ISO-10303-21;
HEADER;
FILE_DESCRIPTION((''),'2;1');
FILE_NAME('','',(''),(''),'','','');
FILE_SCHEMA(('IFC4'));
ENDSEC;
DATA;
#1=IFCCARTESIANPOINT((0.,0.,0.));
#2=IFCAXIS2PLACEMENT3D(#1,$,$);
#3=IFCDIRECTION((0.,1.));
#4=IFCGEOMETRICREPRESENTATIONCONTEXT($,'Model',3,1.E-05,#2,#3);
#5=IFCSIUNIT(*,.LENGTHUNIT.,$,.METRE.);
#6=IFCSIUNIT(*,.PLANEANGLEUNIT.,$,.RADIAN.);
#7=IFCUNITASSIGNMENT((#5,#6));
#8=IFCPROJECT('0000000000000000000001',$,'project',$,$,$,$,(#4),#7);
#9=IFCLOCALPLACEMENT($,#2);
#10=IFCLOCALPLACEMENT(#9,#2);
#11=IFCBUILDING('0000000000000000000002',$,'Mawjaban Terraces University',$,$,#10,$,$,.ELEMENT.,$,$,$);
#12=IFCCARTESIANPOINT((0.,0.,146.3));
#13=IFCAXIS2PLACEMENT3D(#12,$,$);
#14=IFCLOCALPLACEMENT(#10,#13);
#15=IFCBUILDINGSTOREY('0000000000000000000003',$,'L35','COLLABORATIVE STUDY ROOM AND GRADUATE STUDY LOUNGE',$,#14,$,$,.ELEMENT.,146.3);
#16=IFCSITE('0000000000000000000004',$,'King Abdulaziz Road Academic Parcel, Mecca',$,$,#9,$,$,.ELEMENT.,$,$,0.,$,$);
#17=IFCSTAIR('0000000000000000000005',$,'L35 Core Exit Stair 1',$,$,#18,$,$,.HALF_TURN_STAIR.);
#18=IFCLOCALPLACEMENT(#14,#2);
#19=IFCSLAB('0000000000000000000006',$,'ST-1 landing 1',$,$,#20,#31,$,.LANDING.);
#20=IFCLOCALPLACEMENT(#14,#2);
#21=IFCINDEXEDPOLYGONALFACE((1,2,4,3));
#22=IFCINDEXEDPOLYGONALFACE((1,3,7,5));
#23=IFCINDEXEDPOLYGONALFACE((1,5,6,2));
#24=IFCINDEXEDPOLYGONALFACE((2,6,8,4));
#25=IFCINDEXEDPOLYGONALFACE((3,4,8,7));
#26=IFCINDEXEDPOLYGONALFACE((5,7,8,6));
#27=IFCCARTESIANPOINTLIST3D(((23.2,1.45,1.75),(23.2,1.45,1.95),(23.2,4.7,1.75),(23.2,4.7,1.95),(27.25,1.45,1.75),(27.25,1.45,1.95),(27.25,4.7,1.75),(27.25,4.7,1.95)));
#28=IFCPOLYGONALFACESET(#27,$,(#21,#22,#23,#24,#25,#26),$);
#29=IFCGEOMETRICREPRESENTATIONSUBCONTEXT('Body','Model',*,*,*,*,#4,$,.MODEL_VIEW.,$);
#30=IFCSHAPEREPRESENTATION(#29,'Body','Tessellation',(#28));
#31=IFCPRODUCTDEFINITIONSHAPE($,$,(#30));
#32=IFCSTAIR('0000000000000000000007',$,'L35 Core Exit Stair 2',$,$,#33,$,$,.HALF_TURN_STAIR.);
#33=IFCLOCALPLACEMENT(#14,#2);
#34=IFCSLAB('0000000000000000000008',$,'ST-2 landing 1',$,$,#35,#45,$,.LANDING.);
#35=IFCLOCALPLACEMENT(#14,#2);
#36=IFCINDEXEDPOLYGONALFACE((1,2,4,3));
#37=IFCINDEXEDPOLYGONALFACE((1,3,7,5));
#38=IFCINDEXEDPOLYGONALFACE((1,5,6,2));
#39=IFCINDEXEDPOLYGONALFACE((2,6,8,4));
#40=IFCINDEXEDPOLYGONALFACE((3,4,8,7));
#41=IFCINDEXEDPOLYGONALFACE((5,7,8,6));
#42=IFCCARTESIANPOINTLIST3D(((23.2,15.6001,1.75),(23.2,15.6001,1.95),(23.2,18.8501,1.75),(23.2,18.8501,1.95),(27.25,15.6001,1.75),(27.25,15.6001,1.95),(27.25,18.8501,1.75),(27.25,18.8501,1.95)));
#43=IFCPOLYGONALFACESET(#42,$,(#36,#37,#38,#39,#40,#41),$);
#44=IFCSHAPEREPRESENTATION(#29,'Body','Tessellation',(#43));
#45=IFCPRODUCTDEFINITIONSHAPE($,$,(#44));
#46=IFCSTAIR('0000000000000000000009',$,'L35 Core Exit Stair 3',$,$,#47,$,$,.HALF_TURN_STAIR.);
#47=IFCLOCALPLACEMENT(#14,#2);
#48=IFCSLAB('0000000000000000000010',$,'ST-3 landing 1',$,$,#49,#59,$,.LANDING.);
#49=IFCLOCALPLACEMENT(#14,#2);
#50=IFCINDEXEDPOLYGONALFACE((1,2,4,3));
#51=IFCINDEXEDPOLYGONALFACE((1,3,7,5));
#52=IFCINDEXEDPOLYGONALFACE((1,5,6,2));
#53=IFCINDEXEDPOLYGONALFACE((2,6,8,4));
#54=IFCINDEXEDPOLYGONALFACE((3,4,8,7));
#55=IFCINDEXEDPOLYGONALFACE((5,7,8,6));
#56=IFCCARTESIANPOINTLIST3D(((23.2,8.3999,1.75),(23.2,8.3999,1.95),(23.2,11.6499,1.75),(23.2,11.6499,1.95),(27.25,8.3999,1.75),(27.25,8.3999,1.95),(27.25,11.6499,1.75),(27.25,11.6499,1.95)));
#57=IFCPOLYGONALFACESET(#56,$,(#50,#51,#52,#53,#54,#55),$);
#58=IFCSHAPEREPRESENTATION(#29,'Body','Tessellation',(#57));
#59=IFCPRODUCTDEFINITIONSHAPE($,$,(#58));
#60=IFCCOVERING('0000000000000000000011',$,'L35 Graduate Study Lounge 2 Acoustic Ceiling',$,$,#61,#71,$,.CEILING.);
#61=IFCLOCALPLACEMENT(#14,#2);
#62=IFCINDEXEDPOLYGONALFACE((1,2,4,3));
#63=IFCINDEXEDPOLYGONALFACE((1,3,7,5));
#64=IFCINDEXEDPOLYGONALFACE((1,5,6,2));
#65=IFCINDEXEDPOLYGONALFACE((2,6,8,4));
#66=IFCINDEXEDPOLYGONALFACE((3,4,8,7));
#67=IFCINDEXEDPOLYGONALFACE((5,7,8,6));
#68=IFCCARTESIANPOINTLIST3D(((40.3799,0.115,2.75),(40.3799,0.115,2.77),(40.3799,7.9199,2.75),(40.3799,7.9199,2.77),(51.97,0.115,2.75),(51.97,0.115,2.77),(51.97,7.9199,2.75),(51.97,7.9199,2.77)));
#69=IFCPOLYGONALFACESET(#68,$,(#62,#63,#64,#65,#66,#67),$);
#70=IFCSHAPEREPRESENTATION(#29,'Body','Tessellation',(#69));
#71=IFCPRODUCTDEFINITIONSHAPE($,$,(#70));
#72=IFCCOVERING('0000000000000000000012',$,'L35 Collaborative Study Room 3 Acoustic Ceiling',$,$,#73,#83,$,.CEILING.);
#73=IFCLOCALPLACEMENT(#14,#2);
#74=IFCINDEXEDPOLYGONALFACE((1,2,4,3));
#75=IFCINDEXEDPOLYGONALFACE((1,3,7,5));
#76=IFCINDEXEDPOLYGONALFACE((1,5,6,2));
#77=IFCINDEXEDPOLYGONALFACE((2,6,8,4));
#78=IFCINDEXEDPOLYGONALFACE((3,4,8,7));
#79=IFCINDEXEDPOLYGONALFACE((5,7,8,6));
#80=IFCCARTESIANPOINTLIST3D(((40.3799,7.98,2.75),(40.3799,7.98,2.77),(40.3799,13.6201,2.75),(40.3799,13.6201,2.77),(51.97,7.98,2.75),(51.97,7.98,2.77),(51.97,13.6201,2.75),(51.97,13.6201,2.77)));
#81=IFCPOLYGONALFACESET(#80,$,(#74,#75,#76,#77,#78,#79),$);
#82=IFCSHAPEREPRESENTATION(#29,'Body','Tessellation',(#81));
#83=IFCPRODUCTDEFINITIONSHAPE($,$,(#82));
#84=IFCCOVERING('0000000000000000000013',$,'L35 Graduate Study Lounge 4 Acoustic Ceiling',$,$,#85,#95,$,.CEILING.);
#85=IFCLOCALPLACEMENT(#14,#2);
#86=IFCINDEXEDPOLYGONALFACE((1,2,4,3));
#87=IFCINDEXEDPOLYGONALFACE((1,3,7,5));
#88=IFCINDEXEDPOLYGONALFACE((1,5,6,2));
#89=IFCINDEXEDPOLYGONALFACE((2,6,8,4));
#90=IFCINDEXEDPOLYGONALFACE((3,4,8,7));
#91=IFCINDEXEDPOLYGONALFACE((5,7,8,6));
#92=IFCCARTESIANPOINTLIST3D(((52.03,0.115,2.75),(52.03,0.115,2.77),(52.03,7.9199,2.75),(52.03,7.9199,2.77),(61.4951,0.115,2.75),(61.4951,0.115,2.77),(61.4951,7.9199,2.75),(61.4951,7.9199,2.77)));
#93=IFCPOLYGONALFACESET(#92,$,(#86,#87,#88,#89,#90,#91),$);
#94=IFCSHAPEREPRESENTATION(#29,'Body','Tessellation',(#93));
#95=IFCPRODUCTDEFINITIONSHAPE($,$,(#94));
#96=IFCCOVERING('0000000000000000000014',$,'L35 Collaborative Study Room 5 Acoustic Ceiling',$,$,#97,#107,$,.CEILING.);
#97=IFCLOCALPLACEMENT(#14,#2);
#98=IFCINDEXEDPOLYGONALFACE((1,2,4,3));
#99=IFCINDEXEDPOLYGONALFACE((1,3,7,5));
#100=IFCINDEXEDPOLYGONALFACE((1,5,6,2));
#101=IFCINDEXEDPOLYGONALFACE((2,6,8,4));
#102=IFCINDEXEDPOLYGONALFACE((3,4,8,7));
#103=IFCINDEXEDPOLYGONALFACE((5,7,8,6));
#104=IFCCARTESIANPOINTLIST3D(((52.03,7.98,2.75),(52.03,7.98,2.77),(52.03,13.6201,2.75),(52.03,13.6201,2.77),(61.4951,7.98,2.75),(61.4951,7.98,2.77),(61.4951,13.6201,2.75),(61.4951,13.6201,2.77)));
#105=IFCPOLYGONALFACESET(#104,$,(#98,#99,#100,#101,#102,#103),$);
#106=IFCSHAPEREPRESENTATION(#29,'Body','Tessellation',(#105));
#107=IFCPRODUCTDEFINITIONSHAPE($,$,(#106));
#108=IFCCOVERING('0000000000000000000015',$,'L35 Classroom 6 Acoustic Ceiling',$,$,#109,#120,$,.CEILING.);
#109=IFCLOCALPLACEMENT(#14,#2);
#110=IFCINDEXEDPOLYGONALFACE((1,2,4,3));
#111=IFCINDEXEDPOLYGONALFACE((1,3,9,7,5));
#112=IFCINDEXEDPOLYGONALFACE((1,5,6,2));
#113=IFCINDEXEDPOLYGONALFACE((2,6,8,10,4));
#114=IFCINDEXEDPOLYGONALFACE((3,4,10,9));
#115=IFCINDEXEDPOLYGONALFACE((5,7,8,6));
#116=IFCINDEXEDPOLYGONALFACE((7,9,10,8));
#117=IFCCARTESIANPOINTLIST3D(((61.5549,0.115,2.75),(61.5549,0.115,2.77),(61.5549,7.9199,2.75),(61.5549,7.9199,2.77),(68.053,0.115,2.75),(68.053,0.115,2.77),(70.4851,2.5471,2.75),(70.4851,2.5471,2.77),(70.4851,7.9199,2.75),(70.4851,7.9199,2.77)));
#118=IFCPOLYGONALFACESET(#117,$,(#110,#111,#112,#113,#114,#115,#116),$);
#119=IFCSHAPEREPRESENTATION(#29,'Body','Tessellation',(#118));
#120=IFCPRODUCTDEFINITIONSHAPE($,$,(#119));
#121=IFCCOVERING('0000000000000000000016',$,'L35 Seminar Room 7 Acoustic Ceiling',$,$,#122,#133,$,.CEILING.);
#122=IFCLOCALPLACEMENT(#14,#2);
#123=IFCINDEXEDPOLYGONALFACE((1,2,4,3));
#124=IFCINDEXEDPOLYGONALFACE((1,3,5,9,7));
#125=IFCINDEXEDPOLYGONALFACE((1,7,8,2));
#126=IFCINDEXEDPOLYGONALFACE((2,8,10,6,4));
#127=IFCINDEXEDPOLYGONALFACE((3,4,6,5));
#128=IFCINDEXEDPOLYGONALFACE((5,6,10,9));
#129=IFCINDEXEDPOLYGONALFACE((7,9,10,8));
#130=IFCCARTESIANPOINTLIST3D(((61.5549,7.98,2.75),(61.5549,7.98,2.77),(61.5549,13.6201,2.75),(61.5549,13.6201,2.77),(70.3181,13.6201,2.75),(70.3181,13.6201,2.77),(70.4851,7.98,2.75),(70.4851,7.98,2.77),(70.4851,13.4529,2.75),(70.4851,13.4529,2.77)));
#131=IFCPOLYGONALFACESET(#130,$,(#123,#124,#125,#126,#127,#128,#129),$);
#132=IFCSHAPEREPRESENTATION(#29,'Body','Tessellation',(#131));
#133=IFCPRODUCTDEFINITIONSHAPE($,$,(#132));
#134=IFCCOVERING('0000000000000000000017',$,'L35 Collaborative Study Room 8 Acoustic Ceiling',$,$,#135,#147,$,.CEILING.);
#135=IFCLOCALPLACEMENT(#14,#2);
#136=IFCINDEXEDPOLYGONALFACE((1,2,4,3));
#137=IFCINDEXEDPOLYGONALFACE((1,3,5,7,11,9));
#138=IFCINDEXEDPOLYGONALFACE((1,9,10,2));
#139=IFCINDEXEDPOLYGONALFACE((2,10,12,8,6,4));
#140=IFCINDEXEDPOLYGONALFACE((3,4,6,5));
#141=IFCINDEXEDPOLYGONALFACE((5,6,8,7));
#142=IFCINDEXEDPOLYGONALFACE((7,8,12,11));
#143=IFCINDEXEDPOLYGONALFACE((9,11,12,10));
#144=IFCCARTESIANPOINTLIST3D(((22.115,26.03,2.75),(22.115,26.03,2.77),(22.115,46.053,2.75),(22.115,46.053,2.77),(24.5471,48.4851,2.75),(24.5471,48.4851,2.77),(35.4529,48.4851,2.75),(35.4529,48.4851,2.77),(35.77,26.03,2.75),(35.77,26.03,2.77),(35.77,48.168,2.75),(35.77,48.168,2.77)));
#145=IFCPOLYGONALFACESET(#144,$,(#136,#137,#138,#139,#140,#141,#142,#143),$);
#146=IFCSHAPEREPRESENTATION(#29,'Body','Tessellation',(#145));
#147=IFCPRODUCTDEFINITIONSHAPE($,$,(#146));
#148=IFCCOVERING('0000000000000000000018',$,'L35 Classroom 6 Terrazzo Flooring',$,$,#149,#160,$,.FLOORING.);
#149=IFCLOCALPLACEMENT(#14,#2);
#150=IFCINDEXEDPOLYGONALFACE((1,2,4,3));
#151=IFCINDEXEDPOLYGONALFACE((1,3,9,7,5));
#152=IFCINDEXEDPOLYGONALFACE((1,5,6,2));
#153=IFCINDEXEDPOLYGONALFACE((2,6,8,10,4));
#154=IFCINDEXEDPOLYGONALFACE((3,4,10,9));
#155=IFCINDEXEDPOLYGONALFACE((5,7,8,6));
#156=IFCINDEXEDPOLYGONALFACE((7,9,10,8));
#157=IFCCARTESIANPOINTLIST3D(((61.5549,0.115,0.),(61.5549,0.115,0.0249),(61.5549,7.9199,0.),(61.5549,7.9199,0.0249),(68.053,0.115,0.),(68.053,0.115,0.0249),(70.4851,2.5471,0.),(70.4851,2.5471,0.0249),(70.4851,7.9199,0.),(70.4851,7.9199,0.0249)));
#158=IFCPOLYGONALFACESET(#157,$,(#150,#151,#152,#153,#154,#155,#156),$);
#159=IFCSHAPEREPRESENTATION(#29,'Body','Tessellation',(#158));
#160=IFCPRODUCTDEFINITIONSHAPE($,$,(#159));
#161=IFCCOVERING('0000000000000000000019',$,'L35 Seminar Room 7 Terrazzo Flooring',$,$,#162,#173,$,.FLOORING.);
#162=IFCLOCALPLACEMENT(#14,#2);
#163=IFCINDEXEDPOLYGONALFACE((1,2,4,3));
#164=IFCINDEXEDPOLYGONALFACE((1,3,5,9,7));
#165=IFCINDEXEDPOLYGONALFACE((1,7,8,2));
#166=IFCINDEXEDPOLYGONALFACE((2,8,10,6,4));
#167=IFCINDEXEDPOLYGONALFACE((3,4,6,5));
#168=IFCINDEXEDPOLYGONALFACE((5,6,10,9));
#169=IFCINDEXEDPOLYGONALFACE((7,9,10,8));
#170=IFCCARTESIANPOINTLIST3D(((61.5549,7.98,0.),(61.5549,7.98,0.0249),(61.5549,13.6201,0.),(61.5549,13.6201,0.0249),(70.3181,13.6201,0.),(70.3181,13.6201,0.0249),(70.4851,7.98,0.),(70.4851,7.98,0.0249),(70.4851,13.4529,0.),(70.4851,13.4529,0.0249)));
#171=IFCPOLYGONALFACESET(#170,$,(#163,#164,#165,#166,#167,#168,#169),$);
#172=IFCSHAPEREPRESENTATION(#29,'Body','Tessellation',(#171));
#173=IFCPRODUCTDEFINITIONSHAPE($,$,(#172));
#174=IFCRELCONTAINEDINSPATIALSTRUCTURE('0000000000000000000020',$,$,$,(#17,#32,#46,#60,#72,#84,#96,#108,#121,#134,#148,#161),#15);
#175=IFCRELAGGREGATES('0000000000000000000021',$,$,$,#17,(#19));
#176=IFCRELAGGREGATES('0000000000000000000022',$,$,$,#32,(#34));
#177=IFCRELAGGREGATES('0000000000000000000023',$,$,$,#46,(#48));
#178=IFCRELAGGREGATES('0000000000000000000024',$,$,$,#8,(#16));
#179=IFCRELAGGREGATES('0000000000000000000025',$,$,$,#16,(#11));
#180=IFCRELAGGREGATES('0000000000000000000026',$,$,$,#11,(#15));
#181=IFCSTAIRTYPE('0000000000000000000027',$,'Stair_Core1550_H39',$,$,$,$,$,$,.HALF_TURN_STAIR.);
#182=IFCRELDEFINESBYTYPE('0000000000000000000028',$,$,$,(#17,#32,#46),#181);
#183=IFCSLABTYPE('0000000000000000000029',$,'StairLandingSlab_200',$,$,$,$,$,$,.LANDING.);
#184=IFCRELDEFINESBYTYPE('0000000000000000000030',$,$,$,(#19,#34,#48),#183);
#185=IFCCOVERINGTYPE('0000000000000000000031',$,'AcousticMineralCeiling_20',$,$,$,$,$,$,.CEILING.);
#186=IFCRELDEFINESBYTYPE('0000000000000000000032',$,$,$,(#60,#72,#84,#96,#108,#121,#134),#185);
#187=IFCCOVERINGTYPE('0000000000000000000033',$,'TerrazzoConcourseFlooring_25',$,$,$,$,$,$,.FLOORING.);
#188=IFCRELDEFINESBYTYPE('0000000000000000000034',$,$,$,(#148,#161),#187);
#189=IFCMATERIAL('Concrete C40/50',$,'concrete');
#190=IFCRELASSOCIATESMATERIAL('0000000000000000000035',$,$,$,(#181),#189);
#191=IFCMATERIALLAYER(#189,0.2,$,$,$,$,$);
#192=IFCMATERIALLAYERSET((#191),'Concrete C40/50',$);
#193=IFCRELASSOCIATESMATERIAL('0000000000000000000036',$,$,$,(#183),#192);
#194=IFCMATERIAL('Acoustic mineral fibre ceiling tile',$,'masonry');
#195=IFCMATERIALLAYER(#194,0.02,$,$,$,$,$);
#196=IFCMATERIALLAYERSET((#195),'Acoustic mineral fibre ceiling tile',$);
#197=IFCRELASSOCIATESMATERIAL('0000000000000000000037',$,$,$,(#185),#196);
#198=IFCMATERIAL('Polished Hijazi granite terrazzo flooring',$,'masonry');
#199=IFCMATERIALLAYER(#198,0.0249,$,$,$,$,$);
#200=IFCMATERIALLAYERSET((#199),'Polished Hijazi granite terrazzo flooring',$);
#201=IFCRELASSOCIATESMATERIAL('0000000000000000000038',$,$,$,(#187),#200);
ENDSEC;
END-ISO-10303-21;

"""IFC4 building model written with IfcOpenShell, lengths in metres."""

from ifc_helpers import new_model, si_unit, direction, frame, origin, place, context, subcontext, project, spatial, polyline, outline, extrude, material, layer, layer_set, type_object, element, aggregate, save


model = new_model("IFC4")

# Units and contexts
model_context = context("Model", 3, precision=1e-05, world=origin(), true_north=direction((0.0, 1.0)))
body_context = subcontext(model_context, "Body", "Model", "MODEL_VIEW")
ifc_project = project(units=[si_unit("LENGTHUNIT", "METRE"), si_unit("PLANEANGLEUNIT", "RADIAN")], contexts=[model_context])

# Site, building, storey
site_placement = place(None, origin())
site = spatial("IfcSite", under=ifc_project, at=site_placement, Name="King Abdulaziz Road Academic Parcel, Mecca", CompositionType="ELEMENT", RefElevation=0.0)
building_placement = place(site_placement, origin())
building = spatial("IfcBuilding", under=site, at=building_placement, Name="Mawjaban Terraces University", CompositionType="ELEMENT")
storey_placement = place(building_placement, frame((0.0, 0.0, 146.3)))
storey = spatial("IfcBuildingStorey", under=building, at=storey_placement, Name="L35", Description="COLLABORATIVE STUDY ROOM AND GRADUATE STUDY LOUNGE", CompositionType="ELEMENT", Elevation=146.3)

# Shared definitions
ifc_material_1 = material(Name="Concrete C40/50", Category="concrete")

# Stairs, slabs
stair_type = type_object("IfcStairType", Name="Stair_Core1550_H39", PredefinedType="HALF_TURN_STAIR", material=ifc_material_1)
stair_1_placement = place(storey_placement, origin())
stair_1 = element("IfcStair", 1, at=stair_1_placement, inside=storey, type_object=stair_type, Name="L35 Core Exit Stair 1", PredefinedType="HALF_TURN_STAIR")
ifc_layer_1 = layer(ifc_material_1, 0.2)
ifc_layer_set_1 = layer_set([ifc_layer_1], Name="Concrete C40/50")
slab_type_1 = type_object("IfcSlabType", Name="StairLandingSlab_200", PredefinedType="LANDING", material=ifc_layer_set_1)
slab_1_placement = place(storey_placement, frame((0.0, 0.0, 1.75)))
slab_1 = element("IfcSlab", 2, at=slab_1_placement, type_object=slab_type_1, Name="ST-1 landing 1", PredefinedType="LANDING", context=body_context, shape_type="SweptSolid", body=[
    extrude(outline(polyline([(27.25, 4.7), (23.2, 4.7), (23.2, 1.45), (27.25, 1.45), (27.25, 4.7)])), origin(), (0.0, 0.0, 1.0), 0.2),
])
aggregate(stair_1, [slab_1])
stair_2_placement = place(storey_placement, origin())
stair_2 = element("IfcStair", 3, at=stair_2_placement, inside=storey, type_object=stair_type, Name="L35 Core Exit Stair 2", PredefinedType="HALF_TURN_STAIR")
slab_2_placement = place(storey_placement, frame((0.0, 0.0, 1.75)))
slab_2 = element("IfcSlab", 4, at=slab_2_placement, type_object=slab_type_1, Name="ST-2 landing 1", PredefinedType="LANDING", context=body_context, shape_type="SweptSolid", body=[
    extrude(outline(polyline([(27.25, 18.8501), (23.2, 18.8501), (23.2, 15.6001), (27.25, 15.6001), (27.25, 18.8501)])), origin(), (0.0, 0.0, 1.0), 0.2),
])
aggregate(stair_2, [slab_2])
stair_3_placement = place(storey_placement, origin())
stair_3 = element("IfcStair", 5, at=stair_3_placement, inside=storey, type_object=stair_type, Name="L35 Core Exit Stair 3", PredefinedType="HALF_TURN_STAIR")
slab_3_placement = place(storey_placement, frame((0.0, 0.0, 1.75)))
slab_3 = element("IfcSlab", 6, at=slab_3_placement, type_object=slab_type_1, Name="ST-3 landing 1", PredefinedType="LANDING", context=body_context, shape_type="SweptSolid", body=[
    extrude(outline(polyline([(27.25, 11.6499), (23.2, 11.6499), (23.2, 8.3999), (27.25, 8.3999), (27.25, 11.6499)])), origin(), (0.0, 0.0, 1.0), 0.2),
])
aggregate(stair_3, [slab_3])

# Coverings
ifc_material_2 = material(Name="Acoustic mineral fibre ceiling tile", Category="masonry")
ifc_layer_2 = layer(ifc_material_2, 0.02)
ifc_layer_set_2 = layer_set([ifc_layer_2], Name="Acoustic mineral fibre ceiling tile")
covering_type_1 = type_object("IfcCoveringType", Name="AcousticMineralCeiling_20", PredefinedType="CEILING", material=ifc_layer_set_2)
covering_1_placement = place(storey_placement, frame((0.0, 0.0, 2.75)))
element("IfcCovering", 7, at=covering_1_placement, inside=storey, type_object=covering_type_1, Name="L35 Graduate Study Lounge 2 Acoustic Ceiling", PredefinedType="CEILING", context=body_context, shape_type="SweptSolid", body=[
    extrude(outline(polyline([(40.3799, 0.115), (51.97, 0.115), (51.97, 7.9199), (40.3799, 7.9199), (40.3799, 0.115)])), origin(), (0.0, 0.0, 1.0), 0.02),
])
covering_2_placement = place(storey_placement, frame((0.0, 0.0, 2.75)))
element("IfcCovering", 8, at=covering_2_placement, inside=storey, type_object=covering_type_1, Name="L35 Collaborative Study Room 3 Acoustic Ceiling", PredefinedType="CEILING", context=body_context, shape_type="SweptSolid", body=[
    extrude(outline(polyline([(51.97, 7.98), (51.97, 13.6201), (40.3799, 13.6201), (40.3799, 7.98), (51.97, 7.98)])), origin(), (0.0, 0.0, 1.0), 0.02),
])
covering_3_placement = place(storey_placement, frame((0.0, 0.0, 2.75)))
element("IfcCovering", 9, at=covering_3_placement, inside=storey, type_object=covering_type_1, Name="L35 Graduate Study Lounge 4 Acoustic Ceiling", PredefinedType="CEILING", context=body_context, shape_type="SweptSolid", body=[
    extrude(outline(polyline([(52.03, 0.115), (61.4951, 0.115), (61.4951, 7.9199), (52.03, 7.9199), (52.03, 0.115)])), origin(), (0.0, 0.0, 1.0), 0.02),
])
covering_4_placement = place(storey_placement, frame((0.0, 0.0, 2.75)))
element("IfcCovering", 10, at=covering_4_placement, inside=storey, type_object=covering_type_1, Name="L35 Collaborative Study Room 5 Acoustic Ceiling", PredefinedType="CEILING", context=body_context, shape_type="SweptSolid", body=[
    extrude(outline(polyline([(61.4951, 7.98), (61.4951, 13.6201), (52.03, 13.6201), (52.03, 7.98), (61.4951, 7.98)])), origin(), (0.0, 0.0, 1.0), 0.02),
])
covering_5_placement = place(storey_placement, frame((0.0, 0.0, 2.75)))
element("IfcCovering", 11, at=covering_5_placement, inside=storey, type_object=covering_type_1, Name="L35 Classroom 6 Acoustic Ceiling", PredefinedType="CEILING", context=body_context, shape_type="SweptSolid", body=[
    extrude(outline(polyline([(61.5549, 0.115), (68.053, 0.115), (70.4851, 2.5471), (70.4851, 7.9199), (61.5549, 7.9199), (61.5549, 0.115)])), origin(), (0.0, 0.0, 1.0), 0.02),
])
covering_6_placement = place(storey_placement, frame((0.0, 0.0, 2.75)))
element("IfcCovering", 12, at=covering_6_placement, inside=storey, type_object=covering_type_1, Name="L35 Seminar Room 7 Acoustic Ceiling", PredefinedType="CEILING", context=body_context, shape_type="SweptSolid", body=[
    extrude(outline(polyline([(70.4851, 7.98), (70.4851, 13.4529), (70.3181, 13.6201), (61.5549, 13.6201), (61.5549, 7.98), (70.4851, 7.98)])), origin(), (0.0, 0.0, 1.0), 0.02),
])
covering_7_placement = place(storey_placement, frame((0.0, 0.0, 2.75)))
element("IfcCovering", 13, at=covering_7_placement, inside=storey, type_object=covering_type_1, Name="L35 Collaborative Study Room 8 Acoustic Ceiling", PredefinedType="CEILING", context=body_context, shape_type="SweptSolid", body=[
    extrude(outline(polyline([(35.77, 48.168), (35.4529, 48.4851), (24.5471, 48.4851), (22.115, 46.053), (22.115, 26.03), (35.77, 26.03), (35.77, 48.168)])), origin(), (0.0, 0.0, 1.0), 0.02),
])
ifc_material_3 = material(Name="Polished Hijazi granite terrazzo flooring", Category="masonry")
ifc_layer_3 = layer(ifc_material_3, 0.0249)
ifc_layer_set_3 = layer_set([ifc_layer_3], Name="Polished Hijazi granite terrazzo flooring")
covering_type_2 = type_object("IfcCoveringType", Name="TerrazzoConcourseFlooring_25", PredefinedType="FLOORING", material=ifc_layer_set_3)
covering_8_placement = place(storey_placement, origin())
element("IfcCovering", 14, at=covering_8_placement, inside=storey, type_object=covering_type_2, Name="L35 Classroom 6 Terrazzo Flooring", PredefinedType="FLOORING", context=body_context, shape_type="SweptSolid", body=[
    extrude(outline(polyline([(61.5549, 0.115), (68.053, 0.115), (70.4851, 2.5471), (70.4851, 7.9199), (61.5549, 7.9199), (61.5549, 0.115)])), origin(), (0.0, 0.0, 1.0), 0.0249),
])
covering_9_placement = place(storey_placement, origin())
element("IfcCovering", 15, at=covering_9_placement, inside=storey, type_object=covering_type_2, Name="L35 Seminar Room 7 Terrazzo Flooring", PredefinedType="FLOORING", context=body_context, shape_type="SweptSolid", body=[
    extrude(outline(polyline([(70.4851, 7.98), (70.4851, 13.4529), (70.3181, 13.6201), (61.5549, 13.6201), (61.5549, 7.98), (70.4851, 7.98)])), origin(), (0.0, 0.0, 1.0), 0.0249),
])

save(model, "model.ifc")
